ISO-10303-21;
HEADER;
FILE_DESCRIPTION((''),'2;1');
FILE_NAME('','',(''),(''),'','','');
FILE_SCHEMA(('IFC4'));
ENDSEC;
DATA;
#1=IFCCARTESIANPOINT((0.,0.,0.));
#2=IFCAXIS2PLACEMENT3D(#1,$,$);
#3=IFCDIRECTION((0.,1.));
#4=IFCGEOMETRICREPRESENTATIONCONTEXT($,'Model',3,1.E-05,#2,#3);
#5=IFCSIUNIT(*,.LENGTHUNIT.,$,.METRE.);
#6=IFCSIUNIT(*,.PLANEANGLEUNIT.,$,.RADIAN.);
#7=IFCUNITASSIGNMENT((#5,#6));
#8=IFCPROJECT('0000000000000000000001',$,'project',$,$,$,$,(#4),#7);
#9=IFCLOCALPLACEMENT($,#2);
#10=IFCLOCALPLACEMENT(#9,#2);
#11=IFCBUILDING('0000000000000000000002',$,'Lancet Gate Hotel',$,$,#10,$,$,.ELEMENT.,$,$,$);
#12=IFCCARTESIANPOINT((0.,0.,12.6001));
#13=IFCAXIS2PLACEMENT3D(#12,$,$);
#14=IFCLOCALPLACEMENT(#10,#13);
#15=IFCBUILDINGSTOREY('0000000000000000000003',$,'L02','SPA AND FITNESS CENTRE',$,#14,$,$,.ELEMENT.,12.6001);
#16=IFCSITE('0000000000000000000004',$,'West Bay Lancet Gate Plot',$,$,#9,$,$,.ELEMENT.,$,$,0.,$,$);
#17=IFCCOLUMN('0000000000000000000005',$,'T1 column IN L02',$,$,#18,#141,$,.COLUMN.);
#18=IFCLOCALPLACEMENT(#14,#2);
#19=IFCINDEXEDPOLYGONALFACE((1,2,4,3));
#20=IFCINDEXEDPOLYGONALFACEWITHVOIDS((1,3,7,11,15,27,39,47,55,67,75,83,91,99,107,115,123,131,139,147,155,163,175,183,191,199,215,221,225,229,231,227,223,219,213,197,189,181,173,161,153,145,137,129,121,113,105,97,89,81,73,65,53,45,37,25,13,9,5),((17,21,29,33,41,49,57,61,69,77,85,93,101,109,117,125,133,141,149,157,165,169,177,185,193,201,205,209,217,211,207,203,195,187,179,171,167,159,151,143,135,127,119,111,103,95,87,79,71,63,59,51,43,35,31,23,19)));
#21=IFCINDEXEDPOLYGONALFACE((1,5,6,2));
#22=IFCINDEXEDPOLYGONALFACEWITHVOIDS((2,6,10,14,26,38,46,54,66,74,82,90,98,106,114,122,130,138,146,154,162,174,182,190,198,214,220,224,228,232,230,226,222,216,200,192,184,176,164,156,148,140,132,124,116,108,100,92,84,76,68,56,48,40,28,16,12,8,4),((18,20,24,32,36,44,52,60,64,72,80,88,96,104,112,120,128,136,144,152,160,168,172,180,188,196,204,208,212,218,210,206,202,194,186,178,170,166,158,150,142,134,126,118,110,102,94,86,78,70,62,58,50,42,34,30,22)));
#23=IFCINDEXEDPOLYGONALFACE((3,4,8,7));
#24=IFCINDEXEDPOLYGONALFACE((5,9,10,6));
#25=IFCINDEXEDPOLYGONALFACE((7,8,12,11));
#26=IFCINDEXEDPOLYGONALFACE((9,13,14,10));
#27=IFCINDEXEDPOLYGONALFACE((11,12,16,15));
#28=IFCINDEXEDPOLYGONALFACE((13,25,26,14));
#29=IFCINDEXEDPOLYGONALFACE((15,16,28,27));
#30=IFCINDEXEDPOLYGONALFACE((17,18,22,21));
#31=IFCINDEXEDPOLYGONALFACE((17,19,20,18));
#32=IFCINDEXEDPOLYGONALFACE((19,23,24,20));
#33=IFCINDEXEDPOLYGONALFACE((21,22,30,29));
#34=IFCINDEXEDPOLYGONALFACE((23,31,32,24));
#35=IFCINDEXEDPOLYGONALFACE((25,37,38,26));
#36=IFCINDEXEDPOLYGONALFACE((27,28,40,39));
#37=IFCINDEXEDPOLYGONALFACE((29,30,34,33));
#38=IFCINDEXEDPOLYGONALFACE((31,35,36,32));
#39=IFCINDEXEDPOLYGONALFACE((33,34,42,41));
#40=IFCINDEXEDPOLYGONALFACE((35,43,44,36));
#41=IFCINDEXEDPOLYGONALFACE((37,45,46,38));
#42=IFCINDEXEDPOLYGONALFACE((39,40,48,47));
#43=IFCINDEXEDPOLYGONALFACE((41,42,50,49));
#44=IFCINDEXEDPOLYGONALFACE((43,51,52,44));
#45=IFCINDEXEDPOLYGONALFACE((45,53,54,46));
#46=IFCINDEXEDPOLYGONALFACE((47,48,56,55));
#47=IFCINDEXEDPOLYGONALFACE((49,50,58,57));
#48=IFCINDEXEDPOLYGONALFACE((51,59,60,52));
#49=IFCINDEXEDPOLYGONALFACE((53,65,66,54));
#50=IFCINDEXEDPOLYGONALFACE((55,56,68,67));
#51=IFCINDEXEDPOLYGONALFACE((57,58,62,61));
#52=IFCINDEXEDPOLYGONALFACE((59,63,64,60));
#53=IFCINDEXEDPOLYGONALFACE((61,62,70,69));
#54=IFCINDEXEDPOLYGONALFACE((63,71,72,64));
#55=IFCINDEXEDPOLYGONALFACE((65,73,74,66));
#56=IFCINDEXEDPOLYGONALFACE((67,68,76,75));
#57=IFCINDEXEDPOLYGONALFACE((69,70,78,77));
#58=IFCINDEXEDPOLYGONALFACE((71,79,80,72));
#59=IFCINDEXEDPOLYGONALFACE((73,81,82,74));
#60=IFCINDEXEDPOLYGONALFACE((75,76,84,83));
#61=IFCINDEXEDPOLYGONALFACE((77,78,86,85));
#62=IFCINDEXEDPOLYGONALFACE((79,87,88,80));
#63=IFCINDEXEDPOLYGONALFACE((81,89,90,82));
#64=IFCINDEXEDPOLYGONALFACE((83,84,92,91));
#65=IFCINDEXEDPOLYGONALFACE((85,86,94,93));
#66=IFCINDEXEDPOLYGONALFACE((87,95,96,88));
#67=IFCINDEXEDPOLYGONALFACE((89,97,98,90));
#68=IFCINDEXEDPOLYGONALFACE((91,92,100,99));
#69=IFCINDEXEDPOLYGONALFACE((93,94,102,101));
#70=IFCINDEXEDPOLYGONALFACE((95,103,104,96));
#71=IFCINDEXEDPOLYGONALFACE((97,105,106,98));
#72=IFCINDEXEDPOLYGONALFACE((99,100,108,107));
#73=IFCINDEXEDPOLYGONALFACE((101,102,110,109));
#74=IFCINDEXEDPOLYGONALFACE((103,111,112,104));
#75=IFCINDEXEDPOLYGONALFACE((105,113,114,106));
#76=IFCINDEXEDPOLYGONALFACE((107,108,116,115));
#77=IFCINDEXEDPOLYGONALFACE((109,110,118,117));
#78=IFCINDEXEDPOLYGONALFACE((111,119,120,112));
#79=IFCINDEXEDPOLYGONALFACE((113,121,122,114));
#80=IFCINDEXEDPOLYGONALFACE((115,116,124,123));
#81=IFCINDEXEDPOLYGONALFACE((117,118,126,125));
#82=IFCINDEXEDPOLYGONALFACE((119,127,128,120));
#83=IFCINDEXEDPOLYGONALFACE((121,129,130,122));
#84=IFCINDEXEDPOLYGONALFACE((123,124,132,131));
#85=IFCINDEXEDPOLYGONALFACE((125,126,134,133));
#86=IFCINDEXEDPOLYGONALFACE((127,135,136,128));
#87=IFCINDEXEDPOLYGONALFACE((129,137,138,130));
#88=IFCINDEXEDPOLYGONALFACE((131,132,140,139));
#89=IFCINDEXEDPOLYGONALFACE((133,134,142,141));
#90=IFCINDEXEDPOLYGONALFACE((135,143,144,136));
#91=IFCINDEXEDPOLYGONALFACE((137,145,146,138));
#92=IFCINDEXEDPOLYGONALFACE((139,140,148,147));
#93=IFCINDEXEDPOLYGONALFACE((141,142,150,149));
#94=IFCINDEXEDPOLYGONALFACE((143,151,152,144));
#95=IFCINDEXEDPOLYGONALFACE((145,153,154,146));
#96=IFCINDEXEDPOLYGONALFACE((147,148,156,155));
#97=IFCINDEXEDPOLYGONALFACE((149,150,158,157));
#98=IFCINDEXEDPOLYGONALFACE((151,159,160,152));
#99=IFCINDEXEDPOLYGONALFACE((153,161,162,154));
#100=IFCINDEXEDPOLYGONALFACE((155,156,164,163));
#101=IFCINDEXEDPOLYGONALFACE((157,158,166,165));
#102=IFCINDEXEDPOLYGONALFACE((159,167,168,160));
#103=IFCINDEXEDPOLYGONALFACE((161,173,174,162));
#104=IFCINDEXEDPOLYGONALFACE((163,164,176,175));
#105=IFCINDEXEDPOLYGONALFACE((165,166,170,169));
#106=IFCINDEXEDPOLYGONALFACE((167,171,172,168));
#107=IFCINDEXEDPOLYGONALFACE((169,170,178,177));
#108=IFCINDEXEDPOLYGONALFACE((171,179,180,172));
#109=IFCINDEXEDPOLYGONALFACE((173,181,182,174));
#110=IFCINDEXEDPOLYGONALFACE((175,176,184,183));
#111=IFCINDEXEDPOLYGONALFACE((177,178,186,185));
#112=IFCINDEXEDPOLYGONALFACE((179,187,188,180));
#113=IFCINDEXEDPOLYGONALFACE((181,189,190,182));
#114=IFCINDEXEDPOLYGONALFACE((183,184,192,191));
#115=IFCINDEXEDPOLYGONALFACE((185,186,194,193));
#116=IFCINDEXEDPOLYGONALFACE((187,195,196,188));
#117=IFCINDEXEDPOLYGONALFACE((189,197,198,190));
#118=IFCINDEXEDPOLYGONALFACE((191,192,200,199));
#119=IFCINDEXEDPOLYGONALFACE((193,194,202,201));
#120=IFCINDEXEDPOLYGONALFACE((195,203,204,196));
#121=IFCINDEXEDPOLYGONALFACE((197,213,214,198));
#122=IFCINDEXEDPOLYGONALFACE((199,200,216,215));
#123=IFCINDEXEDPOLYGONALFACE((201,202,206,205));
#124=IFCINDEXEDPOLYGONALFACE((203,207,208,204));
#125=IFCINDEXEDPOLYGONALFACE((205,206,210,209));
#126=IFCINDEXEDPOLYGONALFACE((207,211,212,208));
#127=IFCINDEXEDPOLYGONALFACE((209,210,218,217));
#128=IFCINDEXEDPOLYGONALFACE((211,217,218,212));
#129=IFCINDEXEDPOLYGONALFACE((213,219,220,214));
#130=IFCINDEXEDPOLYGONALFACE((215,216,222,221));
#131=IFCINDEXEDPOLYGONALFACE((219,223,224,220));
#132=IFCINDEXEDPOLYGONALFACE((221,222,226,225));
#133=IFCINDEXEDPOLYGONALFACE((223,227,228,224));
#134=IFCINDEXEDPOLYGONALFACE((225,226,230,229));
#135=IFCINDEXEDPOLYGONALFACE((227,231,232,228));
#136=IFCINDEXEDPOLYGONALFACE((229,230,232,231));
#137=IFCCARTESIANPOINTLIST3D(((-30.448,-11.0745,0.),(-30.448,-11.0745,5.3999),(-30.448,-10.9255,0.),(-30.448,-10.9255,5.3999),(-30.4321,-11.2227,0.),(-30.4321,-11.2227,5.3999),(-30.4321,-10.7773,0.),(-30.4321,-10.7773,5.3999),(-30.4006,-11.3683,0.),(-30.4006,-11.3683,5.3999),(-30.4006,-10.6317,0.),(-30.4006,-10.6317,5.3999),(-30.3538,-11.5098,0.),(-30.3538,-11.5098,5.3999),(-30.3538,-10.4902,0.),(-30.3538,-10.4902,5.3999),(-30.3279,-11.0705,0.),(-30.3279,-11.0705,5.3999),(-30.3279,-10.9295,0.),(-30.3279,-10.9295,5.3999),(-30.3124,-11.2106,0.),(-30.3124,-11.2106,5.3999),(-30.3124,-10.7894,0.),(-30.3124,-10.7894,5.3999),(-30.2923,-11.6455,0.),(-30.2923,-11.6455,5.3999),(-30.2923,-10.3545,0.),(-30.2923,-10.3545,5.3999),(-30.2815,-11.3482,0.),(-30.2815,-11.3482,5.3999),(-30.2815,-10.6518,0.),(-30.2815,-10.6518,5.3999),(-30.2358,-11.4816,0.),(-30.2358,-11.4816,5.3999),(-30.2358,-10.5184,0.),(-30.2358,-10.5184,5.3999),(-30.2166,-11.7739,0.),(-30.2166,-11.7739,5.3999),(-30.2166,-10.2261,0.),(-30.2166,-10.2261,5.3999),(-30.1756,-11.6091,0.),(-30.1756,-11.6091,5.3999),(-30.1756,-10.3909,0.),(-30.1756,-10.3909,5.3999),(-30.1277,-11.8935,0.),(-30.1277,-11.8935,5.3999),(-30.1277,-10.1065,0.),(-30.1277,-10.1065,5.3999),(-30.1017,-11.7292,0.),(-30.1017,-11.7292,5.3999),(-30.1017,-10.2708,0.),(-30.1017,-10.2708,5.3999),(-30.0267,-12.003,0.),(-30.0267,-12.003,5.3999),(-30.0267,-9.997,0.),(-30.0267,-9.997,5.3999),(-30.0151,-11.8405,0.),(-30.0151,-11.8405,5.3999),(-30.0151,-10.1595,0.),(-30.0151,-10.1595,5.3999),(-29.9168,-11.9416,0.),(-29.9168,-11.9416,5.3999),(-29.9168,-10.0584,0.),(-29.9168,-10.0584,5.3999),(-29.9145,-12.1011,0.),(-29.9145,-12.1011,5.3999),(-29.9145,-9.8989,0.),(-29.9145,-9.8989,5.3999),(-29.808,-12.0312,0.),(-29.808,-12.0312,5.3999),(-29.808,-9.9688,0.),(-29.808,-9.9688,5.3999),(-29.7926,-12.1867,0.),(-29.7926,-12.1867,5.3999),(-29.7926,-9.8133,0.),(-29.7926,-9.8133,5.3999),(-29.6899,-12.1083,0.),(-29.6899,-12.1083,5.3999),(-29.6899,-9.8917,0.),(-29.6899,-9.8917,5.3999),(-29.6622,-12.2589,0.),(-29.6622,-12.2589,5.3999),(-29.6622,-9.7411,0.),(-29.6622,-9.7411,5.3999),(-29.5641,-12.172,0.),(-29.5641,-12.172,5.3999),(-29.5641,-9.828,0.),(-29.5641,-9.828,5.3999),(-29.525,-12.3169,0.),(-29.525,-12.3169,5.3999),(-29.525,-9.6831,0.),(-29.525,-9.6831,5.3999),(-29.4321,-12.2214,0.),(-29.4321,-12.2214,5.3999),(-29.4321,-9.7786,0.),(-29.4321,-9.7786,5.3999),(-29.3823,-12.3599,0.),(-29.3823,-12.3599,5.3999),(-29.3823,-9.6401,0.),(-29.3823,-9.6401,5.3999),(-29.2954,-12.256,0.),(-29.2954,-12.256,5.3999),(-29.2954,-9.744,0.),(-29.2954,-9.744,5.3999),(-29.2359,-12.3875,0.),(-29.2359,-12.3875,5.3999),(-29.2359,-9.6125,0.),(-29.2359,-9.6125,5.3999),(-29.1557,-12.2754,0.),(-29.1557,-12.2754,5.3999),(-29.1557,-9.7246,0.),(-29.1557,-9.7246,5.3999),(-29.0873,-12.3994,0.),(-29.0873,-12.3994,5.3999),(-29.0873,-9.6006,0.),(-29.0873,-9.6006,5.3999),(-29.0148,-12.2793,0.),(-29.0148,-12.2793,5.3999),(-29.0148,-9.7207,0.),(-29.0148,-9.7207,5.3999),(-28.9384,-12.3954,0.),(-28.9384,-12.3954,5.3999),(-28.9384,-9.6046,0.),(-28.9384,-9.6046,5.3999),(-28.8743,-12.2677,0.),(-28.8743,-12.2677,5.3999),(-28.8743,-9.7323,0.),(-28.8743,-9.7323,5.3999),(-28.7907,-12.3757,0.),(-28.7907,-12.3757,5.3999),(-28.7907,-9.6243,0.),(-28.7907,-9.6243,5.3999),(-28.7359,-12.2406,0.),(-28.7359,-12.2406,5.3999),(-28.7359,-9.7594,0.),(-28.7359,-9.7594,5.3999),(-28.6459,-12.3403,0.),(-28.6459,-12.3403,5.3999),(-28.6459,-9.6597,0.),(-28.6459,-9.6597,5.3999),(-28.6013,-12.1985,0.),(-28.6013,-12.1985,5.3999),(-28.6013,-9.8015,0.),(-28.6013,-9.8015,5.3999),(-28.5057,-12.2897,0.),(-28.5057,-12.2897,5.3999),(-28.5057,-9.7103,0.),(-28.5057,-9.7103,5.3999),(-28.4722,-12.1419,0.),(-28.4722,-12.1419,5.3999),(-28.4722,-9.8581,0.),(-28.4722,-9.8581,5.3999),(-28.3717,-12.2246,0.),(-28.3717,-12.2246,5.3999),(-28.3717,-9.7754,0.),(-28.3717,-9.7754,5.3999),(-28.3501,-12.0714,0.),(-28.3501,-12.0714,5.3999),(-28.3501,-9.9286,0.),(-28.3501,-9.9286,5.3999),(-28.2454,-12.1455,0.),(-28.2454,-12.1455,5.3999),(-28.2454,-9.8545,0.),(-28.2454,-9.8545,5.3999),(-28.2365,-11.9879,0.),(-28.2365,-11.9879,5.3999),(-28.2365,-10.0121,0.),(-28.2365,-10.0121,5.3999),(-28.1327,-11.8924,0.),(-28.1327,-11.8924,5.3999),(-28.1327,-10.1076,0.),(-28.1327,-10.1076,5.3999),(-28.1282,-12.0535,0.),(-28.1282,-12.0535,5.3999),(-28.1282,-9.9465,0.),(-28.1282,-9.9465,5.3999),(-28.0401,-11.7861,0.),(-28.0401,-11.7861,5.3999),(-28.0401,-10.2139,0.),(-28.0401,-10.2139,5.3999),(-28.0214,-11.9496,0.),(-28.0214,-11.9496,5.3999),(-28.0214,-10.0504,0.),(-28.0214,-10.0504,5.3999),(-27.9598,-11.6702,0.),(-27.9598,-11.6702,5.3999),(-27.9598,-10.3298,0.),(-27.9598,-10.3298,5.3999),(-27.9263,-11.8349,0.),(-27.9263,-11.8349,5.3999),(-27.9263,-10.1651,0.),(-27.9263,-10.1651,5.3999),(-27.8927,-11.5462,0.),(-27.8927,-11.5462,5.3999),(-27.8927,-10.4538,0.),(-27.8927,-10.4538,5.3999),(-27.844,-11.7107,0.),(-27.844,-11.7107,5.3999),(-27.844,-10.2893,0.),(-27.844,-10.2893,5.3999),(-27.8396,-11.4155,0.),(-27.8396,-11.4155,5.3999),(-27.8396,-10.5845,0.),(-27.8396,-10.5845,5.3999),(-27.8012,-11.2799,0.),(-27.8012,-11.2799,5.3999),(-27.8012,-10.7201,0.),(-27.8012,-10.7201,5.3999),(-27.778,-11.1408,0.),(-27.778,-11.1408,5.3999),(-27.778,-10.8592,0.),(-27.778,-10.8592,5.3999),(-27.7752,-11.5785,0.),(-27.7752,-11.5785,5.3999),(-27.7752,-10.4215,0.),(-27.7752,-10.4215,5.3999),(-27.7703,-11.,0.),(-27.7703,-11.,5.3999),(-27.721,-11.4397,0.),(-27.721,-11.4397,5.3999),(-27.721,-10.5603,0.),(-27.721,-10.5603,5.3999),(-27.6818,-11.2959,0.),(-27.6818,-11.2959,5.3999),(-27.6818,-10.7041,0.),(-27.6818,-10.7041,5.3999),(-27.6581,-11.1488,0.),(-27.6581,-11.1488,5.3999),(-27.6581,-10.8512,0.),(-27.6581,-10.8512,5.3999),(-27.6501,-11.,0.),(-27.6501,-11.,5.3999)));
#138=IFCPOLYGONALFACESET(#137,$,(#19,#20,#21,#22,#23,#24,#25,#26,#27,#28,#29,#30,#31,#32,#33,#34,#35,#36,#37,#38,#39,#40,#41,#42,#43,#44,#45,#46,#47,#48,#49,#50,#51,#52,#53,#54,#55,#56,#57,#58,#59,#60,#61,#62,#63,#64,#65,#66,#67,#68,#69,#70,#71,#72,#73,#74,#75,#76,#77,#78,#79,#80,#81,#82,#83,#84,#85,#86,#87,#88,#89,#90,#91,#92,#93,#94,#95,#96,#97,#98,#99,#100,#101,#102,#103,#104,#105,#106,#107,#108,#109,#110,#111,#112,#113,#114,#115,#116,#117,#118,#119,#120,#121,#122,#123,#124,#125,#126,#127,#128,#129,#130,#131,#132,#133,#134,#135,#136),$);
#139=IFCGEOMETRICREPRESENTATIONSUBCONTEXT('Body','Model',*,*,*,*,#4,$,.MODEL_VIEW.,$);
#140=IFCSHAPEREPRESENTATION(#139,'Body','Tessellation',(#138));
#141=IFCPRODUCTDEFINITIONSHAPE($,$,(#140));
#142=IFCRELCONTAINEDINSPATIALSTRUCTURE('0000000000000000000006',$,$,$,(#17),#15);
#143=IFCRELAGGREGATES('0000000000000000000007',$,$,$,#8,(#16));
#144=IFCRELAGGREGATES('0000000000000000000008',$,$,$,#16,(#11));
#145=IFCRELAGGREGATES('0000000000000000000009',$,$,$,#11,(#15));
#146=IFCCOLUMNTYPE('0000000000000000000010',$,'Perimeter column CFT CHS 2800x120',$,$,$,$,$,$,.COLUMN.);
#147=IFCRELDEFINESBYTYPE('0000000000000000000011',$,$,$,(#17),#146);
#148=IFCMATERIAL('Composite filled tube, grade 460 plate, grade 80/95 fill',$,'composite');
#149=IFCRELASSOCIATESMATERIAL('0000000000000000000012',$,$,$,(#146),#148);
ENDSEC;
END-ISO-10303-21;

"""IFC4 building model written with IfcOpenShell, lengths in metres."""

from ifc_helpers import new_model, si_unit, direction, frame, origin, origin_2d, place, context, subcontext, project, spatial, hollow_circle, extrude, material, material_profile, profile_set, type_object, element, save


model = new_model("IFC4")

# Units and contexts
model_context = context("Model", 3, precision=1e-05, world=origin(), true_north=direction((0.0, 1.0)))
body_context = subcontext(model_context, "Body", "Model", "MODEL_VIEW")
ifc_project = project(units=[si_unit("LENGTHUNIT", "METRE"), si_unit("PLANEANGLEUNIT", "RADIAN")], contexts=[model_context])

# Site, building, storey
site_placement = place(None, origin())
site = spatial("IfcSite", under=ifc_project, at=site_placement, Name="West Bay Lancet Gate Plot", CompositionType="ELEMENT", RefElevation=0.0)
building_placement = place(site_placement, origin())
building = spatial("IfcBuilding", under=site, at=building_placement, Name="Lancet Gate Hotel", CompositionType="ELEMENT")
storey_placement = place(building_placement, frame((0.0, 0.0, 12.6001)))
storey = spatial("IfcBuildingStorey", under=building, at=storey_placement, Name="L02", Description="SPA AND FITNESS CENTRE", CompositionType="ELEMENT", Elevation=12.6001)

# Column
ifc_material_1 = material(Name="Composite filled tube, grade 460 plate, grade 80/95 fill", Category="composite")
ifc_material_profile_1 = material_profile(ifc_material_1, hollow_circle(Radius=1.3999, WallThickness=0.1201, at=origin_2d()), Name="CHS 2800x120")
ifc_profile_set_1 = profile_set([ifc_material_profile_1], Name="Composite filled tube, grade 460 plate, grade 80/95 fill")
column_type = type_object("IfcColumnType", Name="Perimeter column CFT CHS 2800x120", PredefinedType="COLUMN", material=ifc_profile_set_1)
for number, where, z_axis, x_axis, name in (
    (1, (-29.05, -11.0, 0.0), (0.0, 0.0, 1.0), (1.0, 0.0, 0.0), "T1 column IN L02"),
):
    element("IfcColumn", number, at=place(storey_placement, frame(where, z_axis=z_axis, x_axis=x_axis)), inside=storey, type_object=column_type, Name=name, PredefinedType="COLUMN", context=body_context, shape_type="SweptSolid", body=[
        extrude(hollow_circle(Radius=1.3999, WallThickness=0.1201, at=origin_2d()), origin(), (0.0, 0.0, 1.0), 5.3999),
    ])

save(model, "model.ifc")
